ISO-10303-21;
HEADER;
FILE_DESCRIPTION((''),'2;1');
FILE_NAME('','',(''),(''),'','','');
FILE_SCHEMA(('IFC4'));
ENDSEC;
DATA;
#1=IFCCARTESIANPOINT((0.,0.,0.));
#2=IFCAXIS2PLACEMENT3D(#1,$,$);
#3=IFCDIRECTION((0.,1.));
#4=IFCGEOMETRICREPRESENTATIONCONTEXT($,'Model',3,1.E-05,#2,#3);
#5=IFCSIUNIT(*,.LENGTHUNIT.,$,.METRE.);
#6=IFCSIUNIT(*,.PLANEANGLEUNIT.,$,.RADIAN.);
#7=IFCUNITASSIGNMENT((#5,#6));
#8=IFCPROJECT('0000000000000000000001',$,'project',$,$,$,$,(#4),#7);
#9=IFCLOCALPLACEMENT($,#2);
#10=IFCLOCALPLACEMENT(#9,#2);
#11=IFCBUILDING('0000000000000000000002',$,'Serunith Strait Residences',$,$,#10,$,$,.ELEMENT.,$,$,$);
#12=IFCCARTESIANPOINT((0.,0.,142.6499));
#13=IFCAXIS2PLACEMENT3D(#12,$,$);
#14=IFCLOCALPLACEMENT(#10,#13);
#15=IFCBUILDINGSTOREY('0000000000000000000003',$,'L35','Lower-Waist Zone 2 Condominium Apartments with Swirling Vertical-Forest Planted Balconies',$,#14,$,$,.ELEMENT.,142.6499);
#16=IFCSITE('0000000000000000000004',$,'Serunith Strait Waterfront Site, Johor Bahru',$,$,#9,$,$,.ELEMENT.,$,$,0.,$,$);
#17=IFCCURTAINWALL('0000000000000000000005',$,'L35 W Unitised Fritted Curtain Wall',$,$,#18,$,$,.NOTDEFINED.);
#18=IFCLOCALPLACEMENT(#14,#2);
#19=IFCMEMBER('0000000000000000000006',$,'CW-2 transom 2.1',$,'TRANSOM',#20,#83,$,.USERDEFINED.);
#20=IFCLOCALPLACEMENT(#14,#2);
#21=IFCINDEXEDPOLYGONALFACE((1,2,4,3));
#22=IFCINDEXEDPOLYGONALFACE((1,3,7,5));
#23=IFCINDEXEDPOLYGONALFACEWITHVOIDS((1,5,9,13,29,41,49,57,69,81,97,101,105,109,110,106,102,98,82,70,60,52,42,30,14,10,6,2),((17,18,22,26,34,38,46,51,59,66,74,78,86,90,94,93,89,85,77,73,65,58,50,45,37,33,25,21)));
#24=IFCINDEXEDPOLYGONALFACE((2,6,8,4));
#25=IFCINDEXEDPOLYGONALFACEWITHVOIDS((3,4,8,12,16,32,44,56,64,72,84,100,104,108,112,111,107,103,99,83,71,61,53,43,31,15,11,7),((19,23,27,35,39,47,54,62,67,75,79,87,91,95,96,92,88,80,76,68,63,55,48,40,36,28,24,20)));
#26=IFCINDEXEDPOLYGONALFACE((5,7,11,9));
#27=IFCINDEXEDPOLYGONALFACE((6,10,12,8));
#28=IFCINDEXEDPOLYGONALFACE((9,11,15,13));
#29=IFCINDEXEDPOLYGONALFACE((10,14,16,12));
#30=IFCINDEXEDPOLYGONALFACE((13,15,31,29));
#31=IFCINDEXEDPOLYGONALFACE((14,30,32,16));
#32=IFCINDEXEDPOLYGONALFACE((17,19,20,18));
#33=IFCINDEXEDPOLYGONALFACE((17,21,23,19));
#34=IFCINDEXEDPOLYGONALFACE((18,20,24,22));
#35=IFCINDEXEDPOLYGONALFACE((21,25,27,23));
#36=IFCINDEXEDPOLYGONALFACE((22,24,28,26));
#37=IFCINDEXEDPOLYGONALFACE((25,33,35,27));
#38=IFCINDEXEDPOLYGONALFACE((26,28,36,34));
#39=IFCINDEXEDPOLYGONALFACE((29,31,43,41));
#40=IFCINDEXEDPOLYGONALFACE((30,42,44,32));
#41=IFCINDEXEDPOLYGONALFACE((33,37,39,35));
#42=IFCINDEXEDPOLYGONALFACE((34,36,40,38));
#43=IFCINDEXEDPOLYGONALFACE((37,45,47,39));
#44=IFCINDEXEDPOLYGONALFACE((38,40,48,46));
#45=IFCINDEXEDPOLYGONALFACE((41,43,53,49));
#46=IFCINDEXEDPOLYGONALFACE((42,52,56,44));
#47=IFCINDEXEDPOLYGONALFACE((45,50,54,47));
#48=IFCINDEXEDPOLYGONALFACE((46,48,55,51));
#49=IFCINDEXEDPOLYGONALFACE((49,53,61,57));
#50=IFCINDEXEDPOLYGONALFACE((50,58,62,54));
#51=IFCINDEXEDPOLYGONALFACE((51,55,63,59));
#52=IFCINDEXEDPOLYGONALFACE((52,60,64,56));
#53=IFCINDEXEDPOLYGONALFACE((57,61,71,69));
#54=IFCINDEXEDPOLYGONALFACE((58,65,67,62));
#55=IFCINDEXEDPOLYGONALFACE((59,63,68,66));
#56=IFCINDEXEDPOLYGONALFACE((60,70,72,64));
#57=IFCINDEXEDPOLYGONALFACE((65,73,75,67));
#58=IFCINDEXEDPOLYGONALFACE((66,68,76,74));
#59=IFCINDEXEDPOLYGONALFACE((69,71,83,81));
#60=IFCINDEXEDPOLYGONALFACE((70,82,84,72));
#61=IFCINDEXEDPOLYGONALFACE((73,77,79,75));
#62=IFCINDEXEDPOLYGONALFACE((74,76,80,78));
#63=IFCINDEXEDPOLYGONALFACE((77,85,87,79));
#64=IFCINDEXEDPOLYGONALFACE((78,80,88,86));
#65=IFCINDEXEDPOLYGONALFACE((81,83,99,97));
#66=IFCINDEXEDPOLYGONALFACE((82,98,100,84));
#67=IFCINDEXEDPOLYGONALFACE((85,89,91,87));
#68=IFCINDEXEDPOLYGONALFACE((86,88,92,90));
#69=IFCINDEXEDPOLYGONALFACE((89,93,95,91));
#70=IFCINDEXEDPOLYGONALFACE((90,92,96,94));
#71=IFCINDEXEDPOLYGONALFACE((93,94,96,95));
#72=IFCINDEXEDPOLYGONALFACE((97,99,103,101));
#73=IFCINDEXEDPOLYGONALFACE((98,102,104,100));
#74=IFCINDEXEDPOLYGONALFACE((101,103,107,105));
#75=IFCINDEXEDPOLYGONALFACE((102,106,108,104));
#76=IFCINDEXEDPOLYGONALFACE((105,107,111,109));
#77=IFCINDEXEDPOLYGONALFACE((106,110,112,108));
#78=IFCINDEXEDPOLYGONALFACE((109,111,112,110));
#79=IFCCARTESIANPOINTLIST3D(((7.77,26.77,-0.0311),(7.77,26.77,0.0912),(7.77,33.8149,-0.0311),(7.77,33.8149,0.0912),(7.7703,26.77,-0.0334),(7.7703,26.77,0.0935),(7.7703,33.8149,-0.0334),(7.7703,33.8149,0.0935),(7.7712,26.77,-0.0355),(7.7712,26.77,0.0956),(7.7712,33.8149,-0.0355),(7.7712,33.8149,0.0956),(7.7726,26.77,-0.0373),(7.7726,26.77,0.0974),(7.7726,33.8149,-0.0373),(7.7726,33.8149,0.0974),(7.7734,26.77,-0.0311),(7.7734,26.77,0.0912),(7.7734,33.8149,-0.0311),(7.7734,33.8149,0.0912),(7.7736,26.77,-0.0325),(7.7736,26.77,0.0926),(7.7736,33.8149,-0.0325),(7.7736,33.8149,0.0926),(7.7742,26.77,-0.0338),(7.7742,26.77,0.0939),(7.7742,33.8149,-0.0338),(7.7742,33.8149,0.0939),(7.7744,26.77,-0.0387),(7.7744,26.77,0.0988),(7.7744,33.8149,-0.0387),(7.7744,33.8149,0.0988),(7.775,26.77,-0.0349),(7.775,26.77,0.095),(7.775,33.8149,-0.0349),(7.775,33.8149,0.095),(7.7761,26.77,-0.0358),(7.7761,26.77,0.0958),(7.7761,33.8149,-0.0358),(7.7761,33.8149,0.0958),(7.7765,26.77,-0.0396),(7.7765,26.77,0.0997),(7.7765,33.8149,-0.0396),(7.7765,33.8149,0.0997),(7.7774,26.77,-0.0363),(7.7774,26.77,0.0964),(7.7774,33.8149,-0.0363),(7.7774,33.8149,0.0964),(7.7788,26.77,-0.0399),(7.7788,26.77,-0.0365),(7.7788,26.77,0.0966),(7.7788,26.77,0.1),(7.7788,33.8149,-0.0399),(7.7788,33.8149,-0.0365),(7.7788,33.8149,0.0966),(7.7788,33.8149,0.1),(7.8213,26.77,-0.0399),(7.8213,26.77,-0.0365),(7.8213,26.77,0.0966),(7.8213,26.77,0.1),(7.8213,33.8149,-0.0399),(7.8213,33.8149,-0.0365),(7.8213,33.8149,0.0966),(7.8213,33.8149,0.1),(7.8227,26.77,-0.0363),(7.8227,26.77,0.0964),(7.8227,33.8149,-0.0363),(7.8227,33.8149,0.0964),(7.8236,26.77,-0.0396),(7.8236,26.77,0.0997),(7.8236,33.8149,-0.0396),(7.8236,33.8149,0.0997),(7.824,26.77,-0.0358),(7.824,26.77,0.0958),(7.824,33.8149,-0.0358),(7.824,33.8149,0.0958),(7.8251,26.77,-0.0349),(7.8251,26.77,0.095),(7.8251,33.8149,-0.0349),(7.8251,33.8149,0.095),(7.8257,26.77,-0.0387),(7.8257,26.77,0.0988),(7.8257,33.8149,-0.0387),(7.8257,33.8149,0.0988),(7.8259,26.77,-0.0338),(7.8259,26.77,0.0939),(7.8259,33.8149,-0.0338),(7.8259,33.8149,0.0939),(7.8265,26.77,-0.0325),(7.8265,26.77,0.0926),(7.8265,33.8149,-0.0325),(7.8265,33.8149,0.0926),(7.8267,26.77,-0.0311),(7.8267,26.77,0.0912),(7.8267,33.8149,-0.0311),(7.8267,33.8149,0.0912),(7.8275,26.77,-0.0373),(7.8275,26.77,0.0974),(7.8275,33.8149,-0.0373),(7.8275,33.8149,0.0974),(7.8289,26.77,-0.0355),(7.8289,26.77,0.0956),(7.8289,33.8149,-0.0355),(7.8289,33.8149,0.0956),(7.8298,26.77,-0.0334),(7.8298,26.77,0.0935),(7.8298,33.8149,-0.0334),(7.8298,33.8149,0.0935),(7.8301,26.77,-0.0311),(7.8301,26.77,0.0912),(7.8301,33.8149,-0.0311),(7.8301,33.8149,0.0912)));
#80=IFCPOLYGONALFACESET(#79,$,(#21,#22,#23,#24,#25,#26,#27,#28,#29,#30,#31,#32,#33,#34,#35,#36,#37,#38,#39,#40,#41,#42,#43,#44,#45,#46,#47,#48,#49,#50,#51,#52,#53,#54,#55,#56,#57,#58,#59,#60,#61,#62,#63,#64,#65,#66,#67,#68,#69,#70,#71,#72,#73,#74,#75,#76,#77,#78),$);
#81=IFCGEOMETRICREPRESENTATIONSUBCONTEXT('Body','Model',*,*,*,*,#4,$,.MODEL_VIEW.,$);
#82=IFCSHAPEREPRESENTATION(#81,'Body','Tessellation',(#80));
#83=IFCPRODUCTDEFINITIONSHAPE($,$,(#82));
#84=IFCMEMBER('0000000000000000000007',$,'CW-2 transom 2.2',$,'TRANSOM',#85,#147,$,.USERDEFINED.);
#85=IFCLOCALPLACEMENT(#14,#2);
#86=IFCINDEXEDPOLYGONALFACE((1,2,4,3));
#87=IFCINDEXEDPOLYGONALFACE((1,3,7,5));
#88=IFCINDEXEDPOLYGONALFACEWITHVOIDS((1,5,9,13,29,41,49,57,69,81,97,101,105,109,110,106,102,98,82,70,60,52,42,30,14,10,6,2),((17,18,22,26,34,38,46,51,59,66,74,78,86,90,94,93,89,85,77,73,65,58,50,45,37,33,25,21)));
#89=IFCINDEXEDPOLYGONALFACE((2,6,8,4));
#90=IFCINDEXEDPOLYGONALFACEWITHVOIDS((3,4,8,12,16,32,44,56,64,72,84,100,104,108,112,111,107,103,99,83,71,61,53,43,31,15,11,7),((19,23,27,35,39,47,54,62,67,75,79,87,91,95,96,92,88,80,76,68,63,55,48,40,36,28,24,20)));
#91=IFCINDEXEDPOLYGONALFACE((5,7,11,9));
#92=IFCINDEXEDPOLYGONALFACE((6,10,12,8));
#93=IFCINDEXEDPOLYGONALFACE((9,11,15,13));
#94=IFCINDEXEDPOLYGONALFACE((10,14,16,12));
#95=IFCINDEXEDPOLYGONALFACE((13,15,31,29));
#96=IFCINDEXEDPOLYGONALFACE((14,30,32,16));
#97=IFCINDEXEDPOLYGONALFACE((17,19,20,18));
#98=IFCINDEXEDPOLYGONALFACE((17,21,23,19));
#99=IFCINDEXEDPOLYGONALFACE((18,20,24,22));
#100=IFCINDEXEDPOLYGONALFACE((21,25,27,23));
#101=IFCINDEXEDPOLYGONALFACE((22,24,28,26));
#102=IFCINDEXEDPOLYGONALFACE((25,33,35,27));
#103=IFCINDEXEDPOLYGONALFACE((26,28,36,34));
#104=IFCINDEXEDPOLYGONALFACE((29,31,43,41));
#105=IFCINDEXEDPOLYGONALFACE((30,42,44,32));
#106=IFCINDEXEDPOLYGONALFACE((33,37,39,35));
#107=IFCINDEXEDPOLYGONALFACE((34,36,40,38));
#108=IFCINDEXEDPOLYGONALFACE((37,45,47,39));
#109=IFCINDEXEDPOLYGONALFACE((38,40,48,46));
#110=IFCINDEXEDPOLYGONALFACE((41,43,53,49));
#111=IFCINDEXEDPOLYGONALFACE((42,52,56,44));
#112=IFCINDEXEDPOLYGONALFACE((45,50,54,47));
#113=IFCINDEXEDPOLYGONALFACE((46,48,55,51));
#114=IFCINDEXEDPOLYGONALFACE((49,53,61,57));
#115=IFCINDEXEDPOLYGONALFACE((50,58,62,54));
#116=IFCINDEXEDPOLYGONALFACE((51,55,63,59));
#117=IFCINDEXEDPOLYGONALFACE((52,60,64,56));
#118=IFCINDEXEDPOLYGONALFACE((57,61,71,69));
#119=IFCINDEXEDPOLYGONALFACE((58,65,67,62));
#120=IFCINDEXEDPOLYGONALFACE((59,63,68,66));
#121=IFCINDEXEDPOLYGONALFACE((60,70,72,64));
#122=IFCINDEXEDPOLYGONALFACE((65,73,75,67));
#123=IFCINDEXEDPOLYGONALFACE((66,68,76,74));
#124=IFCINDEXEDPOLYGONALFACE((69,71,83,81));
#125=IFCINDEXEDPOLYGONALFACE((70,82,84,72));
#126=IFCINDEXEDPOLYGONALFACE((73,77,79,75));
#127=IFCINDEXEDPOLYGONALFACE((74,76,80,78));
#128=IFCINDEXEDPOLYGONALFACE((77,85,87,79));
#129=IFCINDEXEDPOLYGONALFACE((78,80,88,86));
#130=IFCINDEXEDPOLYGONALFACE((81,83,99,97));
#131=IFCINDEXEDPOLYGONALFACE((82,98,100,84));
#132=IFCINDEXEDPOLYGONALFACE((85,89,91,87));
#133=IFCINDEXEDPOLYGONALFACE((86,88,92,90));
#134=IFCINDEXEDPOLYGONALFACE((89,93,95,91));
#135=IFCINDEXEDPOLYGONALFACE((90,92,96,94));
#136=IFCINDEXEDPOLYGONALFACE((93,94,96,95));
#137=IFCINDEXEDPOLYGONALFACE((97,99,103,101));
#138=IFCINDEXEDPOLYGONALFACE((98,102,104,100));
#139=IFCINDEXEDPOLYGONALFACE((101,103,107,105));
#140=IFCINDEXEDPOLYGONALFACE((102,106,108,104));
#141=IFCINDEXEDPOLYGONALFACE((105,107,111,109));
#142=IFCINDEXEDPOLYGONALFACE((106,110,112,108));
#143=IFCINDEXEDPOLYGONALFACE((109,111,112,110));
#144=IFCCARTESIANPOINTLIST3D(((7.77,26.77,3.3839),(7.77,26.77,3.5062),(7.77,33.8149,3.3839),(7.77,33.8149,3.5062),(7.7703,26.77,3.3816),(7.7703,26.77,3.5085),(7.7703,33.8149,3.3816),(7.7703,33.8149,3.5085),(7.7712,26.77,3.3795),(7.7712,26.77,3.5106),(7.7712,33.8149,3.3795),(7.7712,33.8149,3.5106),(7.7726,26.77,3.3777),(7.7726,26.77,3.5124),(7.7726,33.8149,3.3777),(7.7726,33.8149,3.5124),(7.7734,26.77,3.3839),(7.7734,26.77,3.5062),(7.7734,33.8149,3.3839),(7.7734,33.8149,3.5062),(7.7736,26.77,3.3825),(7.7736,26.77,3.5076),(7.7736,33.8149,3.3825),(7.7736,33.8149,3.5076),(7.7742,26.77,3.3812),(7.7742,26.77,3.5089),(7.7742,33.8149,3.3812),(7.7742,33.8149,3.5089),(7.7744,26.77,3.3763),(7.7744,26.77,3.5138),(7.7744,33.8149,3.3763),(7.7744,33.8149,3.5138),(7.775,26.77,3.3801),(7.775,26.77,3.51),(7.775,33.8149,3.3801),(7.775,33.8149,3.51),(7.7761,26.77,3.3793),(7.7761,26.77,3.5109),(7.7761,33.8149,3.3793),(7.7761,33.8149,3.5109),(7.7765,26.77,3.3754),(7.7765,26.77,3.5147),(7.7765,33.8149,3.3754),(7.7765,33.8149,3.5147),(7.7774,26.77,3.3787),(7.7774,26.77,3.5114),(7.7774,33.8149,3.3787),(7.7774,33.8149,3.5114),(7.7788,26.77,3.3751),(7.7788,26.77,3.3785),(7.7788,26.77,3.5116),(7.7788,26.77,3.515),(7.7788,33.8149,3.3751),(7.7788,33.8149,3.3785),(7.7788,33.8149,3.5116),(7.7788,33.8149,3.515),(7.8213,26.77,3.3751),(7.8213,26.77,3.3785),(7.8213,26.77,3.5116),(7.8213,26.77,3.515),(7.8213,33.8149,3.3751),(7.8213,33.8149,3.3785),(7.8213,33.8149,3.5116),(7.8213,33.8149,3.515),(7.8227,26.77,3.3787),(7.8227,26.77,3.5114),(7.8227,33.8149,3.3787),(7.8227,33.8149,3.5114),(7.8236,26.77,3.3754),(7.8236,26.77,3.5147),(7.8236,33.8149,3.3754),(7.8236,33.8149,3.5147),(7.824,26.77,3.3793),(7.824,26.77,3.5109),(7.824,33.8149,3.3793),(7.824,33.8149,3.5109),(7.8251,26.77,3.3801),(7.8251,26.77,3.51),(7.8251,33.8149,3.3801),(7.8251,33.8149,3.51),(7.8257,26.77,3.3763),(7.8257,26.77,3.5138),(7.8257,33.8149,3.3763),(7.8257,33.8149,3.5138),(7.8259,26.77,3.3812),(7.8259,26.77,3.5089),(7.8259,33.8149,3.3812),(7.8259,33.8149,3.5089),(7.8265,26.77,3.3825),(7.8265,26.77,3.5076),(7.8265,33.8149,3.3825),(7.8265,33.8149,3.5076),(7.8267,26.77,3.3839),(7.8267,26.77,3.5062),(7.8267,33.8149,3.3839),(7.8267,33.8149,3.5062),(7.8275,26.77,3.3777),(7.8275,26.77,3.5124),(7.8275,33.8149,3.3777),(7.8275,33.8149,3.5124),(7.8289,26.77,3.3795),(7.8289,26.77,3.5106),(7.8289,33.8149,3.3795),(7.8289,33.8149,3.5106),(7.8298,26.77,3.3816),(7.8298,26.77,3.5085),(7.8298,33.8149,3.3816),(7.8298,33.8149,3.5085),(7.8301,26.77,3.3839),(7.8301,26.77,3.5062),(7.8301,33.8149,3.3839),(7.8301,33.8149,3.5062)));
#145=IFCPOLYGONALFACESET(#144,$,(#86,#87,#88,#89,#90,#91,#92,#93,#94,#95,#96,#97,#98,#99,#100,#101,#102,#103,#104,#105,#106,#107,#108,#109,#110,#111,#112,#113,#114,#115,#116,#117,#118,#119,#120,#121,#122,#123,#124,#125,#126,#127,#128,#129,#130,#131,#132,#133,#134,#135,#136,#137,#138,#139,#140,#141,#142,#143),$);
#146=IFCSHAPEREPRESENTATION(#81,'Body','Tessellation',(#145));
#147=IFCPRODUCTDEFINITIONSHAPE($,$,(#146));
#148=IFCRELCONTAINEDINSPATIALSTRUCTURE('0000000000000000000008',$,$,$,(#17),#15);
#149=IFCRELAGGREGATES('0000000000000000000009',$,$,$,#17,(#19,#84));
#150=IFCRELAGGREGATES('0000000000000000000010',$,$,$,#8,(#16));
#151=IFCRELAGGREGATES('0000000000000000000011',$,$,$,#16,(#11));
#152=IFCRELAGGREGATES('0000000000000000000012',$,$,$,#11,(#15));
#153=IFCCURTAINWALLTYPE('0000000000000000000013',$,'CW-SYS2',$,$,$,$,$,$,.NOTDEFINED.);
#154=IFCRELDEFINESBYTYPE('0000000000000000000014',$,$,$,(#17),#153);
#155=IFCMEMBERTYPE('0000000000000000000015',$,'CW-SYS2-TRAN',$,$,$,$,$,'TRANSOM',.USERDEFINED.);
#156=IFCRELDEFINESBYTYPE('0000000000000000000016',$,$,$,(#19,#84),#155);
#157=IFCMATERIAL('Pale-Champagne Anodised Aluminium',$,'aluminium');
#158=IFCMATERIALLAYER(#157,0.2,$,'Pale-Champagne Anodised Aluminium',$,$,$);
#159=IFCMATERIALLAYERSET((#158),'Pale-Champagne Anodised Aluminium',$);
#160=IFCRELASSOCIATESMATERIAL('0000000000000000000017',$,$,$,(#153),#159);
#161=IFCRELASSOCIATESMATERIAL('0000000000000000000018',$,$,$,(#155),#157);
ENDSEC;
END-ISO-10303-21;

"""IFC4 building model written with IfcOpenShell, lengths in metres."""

from ifc_helpers import new_model, si_unit, direction, frame, origin, origin_2d, place, context, subcontext, project, spatial, hollow_rectangle, extrude, source, transform, mapped, material, layer, layer_set, material_profile, profile_set, type_object, element, aggregate, save


model = new_model("IFC4")

# Units and contexts
model_context = context("Model", 3, precision=1e-05, world=origin(), true_north=direction((0.0, 1.0)))
body_context = subcontext(model_context, "Body", "Model", "MODEL_VIEW")
ifc_project = project(units=[si_unit("LENGTHUNIT", "METRE"), si_unit("PLANEANGLEUNIT", "RADIAN")], contexts=[model_context])

# Site, building, storey
site_placement = place(None, origin())
site = spatial("IfcSite", under=ifc_project, at=site_placement, Name="Serunith Strait Waterfront Site, Johor Bahru", CompositionType="ELEMENT", RefElevation=0.0)
building_placement = place(site_placement, origin())
building = spatial("IfcBuilding", under=site, at=building_placement, Name="Serunith Strait Residences", CompositionType="ELEMENT")
storey_placement = place(building_placement, frame((0.0, 0.0, 142.6499)))
storey = spatial("IfcBuildingStorey", under=building, at=storey_placement, Name="L35", Description="Lower-Waist Zone 2 Condominium Apartments with Swirling Vertical-Forest Planted Balconies", CompositionType="ELEMENT", Elevation=142.6499)

# Curtain wall
ifc_material_1 = material(Name="Pale-Champagne Anodised Aluminium", Category="aluminium")
ifc_layer_1 = layer(ifc_material_1, 0.2, Name="Pale-Champagne Anodised Aluminium")
ifc_layer_set_1 = layer_set([ifc_layer_1], Name="Pale-Champagne Anodised Aluminium")
curtain_wall_type = type_object("IfcCurtainWallType", Name="CW-SYS2", PredefinedType="NOTDEFINED", material=ifc_layer_set_1)
curtain_wall_1_placement = place(storey_placement, origin())
curtain_wall_1 = element("IfcCurtainWall", 1, at=curtain_wall_1_placement, inside=storey, type_object=curtain_wall_type, Name="L35 W Unitised Fritted Curtain Wall", PredefinedType="NOTDEFINED")

# Members
ifc_material_profile_1 = material_profile(ifc_material_1, hollow_rectangle(XDim=0.0601, YDim=0.1399, WallThickness=0.0034, InnerFilletRadius=0.0054, OuterFilletRadius=0.0088, at=origin_2d()), Name="ALU 140x60x3.5")
ifc_profile_set_1 = profile_set([ifc_material_profile_1], Name="Pale-Champagne Anodised Aluminium")
member_type_1 = type_object("IfcMemberType", Name="CW-SYS2-TRAN", ElementType="TRANSOM", PredefinedType="USERDEFINED", material=ifc_profile_set_1)
shared_shape_1 = source(origin(), body_context, "Body", "SweptSolid", [
    extrude(hollow_rectangle(XDim=0.0601, YDim=0.1399, WallThickness=0.0034, InnerFilletRadius=0.0054, OuterFilletRadius=0.0088, at=origin_2d()), origin(), (0.0, 0.0, 1.0), 7.0449),
])
member_1_placement = place(storey_placement, frame((7.8, 33.8149, 0.03), z_axis=(0.0, -1.0, 0.0), x_axis=(1.0, 0.0, 0.0)))
member_1 = element("IfcMember", 2, at=member_1_placement, type_object=member_type_1, Name="CW-2 transom 2.1", ObjectType="TRANSOM", PredefinedType="USERDEFINED", context=body_context, shape_type="MappedRepresentation", body=[
    mapped(shared_shape_1, transform((0.0, 0.0, 0.0), scale=1.0)),
])
member_2_placement = place(storey_placement, frame((7.8, 33.8149, 3.4451), z_axis=(0.0, -1.0, 0.0), x_axis=(1.0, 0.0, 0.0)))
member_2 = element("IfcMember", 3, at=member_2_placement, type_object=member_type_1, Name="CW-2 transom 2.2", ObjectType="TRANSOM", PredefinedType="USERDEFINED", context=body_context, shape_type="MappedRepresentation", body=[
    mapped(shared_shape_1, transform((0.0, 0.0, 0.0), scale=1.0)),
])

aggregate(curtain_wall_1, [member_1, member_2])

save(model, "model.ifc")
